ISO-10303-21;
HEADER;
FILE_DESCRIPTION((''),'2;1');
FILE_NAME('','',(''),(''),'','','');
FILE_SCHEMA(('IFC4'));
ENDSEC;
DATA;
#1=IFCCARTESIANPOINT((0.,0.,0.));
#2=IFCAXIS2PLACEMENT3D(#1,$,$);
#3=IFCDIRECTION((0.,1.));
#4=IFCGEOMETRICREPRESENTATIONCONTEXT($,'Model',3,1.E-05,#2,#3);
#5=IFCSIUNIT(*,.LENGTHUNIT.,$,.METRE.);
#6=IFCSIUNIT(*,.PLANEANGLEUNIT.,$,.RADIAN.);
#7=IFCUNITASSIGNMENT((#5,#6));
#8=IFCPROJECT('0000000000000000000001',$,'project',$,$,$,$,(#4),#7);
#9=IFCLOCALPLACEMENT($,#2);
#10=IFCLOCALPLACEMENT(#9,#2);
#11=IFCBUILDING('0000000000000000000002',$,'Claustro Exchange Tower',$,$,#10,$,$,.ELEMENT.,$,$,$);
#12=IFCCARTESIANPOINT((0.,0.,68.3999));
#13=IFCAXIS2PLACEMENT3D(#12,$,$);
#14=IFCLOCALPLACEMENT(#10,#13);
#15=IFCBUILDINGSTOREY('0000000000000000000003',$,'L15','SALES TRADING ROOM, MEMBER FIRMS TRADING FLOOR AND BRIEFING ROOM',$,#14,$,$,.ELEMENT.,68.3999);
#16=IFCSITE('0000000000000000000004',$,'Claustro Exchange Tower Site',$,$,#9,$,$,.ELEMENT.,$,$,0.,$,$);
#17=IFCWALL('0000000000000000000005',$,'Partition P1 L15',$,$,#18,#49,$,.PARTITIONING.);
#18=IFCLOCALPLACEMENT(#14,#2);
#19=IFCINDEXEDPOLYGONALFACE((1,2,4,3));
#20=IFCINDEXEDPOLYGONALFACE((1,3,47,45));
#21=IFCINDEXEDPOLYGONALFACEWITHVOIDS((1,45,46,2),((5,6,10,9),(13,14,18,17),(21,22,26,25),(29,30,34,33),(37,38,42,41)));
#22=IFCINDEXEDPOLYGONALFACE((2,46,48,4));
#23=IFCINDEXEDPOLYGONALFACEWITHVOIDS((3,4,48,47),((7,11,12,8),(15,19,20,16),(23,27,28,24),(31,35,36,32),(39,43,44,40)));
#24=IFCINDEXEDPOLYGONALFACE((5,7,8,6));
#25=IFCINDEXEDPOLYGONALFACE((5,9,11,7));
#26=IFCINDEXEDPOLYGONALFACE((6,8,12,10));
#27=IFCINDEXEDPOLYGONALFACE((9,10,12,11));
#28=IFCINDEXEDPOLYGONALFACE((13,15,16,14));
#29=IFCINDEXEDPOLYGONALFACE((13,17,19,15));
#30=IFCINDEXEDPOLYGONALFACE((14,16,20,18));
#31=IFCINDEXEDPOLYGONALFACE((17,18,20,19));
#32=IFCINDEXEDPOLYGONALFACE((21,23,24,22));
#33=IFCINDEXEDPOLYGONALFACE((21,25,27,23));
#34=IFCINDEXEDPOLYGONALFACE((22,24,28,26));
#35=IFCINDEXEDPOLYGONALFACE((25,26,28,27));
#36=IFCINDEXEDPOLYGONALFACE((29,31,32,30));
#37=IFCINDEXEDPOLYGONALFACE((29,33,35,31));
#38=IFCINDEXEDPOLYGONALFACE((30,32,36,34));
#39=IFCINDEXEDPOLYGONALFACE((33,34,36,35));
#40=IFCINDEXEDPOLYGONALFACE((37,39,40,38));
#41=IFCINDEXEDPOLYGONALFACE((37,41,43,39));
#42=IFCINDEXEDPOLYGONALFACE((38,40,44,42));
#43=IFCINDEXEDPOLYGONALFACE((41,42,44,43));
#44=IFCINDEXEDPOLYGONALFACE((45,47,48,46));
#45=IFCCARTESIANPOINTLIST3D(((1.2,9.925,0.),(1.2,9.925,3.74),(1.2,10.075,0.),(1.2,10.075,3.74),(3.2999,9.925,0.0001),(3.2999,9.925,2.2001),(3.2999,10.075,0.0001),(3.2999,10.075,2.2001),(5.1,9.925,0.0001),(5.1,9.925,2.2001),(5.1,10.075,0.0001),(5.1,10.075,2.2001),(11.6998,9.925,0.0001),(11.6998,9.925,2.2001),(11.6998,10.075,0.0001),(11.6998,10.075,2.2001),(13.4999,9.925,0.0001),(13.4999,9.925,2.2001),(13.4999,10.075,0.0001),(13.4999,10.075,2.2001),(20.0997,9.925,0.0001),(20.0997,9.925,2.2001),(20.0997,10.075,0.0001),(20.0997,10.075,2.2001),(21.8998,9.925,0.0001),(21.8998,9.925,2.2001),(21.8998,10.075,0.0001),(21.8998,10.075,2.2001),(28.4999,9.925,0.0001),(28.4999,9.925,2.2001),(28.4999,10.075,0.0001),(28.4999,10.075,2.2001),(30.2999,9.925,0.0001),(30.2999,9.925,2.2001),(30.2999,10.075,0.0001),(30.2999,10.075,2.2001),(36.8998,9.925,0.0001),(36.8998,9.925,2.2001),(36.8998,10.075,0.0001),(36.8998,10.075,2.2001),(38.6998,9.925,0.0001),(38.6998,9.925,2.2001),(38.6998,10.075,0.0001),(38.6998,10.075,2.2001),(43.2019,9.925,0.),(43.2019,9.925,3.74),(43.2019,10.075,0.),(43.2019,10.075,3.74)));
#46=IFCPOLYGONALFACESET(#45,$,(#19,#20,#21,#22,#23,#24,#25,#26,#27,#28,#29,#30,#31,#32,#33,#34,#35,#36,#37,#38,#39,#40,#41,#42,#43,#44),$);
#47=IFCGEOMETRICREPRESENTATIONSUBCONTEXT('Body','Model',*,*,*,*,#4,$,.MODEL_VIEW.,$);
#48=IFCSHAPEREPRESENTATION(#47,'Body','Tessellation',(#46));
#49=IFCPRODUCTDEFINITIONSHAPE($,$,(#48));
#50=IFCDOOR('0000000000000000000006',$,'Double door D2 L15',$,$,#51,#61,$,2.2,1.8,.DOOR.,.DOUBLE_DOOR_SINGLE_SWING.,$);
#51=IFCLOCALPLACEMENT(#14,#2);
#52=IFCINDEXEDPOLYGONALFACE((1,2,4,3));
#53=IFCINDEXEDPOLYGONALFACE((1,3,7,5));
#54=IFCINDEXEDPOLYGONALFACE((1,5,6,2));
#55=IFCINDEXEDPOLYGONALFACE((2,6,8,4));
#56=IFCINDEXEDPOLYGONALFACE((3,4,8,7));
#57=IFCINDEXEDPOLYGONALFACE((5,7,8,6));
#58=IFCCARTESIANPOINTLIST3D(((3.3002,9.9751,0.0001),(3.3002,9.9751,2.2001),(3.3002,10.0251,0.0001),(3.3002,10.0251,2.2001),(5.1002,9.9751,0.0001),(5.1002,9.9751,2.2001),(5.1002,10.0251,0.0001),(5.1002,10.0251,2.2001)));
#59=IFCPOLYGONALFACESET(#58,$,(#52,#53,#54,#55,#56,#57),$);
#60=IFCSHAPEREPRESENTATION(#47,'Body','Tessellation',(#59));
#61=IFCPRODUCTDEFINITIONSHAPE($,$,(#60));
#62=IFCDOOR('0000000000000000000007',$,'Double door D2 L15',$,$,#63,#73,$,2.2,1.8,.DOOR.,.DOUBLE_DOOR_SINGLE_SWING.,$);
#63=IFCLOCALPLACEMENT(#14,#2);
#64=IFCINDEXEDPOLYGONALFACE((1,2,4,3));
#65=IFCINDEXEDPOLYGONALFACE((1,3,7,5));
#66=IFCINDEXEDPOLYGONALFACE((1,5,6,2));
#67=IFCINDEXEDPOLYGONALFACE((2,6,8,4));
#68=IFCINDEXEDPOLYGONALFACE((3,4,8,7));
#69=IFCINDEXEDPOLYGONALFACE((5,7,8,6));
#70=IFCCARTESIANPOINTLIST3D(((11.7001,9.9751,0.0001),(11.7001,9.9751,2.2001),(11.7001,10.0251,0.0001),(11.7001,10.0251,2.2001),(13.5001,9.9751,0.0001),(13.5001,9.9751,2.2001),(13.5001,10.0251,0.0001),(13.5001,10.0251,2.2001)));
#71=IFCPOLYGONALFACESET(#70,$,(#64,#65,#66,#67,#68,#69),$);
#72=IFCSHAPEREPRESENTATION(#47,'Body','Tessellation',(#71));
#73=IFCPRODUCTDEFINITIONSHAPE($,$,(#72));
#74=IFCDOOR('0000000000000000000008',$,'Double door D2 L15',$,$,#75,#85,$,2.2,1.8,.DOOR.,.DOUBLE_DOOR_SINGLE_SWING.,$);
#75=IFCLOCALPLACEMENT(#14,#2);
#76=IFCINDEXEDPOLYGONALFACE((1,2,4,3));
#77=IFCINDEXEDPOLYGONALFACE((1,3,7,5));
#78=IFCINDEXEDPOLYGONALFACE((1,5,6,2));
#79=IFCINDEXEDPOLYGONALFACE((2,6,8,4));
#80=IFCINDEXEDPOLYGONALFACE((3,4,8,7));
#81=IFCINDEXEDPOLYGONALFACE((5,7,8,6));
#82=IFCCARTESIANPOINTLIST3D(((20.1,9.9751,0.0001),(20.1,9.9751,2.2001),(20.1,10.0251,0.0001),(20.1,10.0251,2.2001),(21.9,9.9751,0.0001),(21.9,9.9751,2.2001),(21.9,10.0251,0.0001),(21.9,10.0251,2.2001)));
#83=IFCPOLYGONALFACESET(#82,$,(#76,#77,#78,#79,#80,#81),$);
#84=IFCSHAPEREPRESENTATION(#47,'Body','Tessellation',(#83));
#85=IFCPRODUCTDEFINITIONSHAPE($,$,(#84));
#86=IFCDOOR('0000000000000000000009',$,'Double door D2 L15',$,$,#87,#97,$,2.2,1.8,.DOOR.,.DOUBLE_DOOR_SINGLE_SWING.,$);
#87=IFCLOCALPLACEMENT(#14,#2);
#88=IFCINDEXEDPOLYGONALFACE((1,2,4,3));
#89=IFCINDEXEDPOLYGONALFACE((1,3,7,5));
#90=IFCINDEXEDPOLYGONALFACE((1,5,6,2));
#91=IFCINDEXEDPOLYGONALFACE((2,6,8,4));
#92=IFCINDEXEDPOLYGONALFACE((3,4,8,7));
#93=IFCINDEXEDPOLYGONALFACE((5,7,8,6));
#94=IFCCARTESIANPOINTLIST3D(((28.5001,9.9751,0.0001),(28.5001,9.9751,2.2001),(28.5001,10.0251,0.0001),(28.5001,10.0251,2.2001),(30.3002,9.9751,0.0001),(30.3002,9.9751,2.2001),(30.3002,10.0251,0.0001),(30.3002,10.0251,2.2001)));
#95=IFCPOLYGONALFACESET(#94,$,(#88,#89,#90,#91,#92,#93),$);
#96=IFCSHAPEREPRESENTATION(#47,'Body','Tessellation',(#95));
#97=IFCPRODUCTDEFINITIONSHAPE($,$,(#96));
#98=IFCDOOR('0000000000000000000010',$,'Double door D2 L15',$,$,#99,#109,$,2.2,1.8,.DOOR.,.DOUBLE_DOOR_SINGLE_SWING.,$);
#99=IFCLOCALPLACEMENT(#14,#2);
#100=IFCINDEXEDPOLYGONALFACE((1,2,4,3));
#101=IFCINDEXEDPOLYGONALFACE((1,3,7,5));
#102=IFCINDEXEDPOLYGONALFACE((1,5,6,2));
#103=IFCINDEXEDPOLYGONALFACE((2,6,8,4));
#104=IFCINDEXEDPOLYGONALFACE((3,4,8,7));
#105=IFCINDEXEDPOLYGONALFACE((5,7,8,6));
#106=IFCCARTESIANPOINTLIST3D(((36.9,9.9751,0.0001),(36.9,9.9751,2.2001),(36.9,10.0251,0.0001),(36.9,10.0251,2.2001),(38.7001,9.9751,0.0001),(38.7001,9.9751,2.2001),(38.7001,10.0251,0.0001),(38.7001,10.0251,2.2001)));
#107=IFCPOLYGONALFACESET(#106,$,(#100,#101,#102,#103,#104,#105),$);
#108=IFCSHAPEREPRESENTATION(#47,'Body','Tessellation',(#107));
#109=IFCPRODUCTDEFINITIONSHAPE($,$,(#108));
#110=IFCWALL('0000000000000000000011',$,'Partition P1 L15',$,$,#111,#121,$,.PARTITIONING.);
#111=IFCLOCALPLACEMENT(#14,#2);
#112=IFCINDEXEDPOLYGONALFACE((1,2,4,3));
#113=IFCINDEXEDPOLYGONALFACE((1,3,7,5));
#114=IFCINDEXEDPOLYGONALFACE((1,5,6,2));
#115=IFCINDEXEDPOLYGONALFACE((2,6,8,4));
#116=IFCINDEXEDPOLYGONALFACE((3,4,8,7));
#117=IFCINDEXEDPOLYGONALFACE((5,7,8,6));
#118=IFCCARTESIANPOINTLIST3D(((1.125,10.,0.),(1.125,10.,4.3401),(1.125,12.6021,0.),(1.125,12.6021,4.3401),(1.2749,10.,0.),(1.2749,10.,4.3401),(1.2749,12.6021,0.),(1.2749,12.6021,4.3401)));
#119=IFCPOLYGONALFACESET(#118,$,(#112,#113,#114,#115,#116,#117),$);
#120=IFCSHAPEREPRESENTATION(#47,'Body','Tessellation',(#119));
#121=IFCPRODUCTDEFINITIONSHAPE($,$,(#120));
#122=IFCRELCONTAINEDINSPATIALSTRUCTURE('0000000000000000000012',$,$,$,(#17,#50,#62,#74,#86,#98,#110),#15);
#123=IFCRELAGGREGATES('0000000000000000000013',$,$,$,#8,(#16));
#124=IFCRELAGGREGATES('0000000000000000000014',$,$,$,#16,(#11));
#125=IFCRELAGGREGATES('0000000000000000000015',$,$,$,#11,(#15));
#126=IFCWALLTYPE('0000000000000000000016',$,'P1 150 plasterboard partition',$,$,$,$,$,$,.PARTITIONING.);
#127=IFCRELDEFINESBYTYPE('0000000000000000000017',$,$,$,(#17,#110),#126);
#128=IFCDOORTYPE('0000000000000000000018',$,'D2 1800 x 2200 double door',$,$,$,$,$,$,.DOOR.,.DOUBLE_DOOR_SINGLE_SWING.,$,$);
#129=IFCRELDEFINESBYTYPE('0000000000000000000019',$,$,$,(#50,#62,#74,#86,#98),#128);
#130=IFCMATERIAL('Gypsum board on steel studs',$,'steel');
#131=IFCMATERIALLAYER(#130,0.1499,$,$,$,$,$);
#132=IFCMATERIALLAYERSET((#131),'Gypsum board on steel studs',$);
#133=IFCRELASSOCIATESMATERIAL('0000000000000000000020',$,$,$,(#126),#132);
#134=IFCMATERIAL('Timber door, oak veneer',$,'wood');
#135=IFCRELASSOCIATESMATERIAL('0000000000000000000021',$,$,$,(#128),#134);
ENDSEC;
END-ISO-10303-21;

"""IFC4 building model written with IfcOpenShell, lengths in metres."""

from ifc_helpers import new_model, si_unit, direction, frame, frame_2d, origin, place, context, subcontext, project, spatial, rectangle, extrude, material, layer, layer_set, type_object, element, fill, save


model = new_model("IFC4")

# Units and contexts
model_context = context("Model", 3, precision=1e-05, world=origin(), true_north=direction((0.0, 1.0)))
body_context = subcontext(model_context, "Body", "Model", "MODEL_VIEW")
ifc_project = project(units=[si_unit("LENGTHUNIT", "METRE"), si_unit("PLANEANGLEUNIT", "RADIAN")], contexts=[model_context])

# Site, building, storey
site_placement = place(None, origin())
site = spatial("IfcSite", under=ifc_project, at=site_placement, Name="Claustro Exchange Tower Site", CompositionType="ELEMENT", RefElevation=0.0)
building_placement = place(site_placement, origin())
building = spatial("IfcBuilding", under=site, at=building_placement, Name="Claustro Exchange Tower", CompositionType="ELEMENT")
storey_placement = place(building_placement, frame((0.0, 0.0, 68.3999)))
storey = spatial("IfcBuildingStorey", under=building, at=storey_placement, Name="L15", Description="SALES TRADING ROOM, MEMBER FIRMS TRADING FLOOR AND BRIEFING ROOM", CompositionType="ELEMENT", Elevation=68.3999)

# Shared definitions
ifc_material_1 = material(Name="Gypsum board on steel studs", Category="steel")
ifc_layer_1 = layer(ifc_material_1, 0.1499)
ifc_layer_set_1 = layer_set([ifc_layer_1], Name="Gypsum board on steel studs")
wall_type_1 = type_object("IfcWallType", Name="P1 150 plasterboard partition", PredefinedType="PARTITIONING", material=ifc_layer_set_1)

# Wall, openings, doors
wall_1_placement = place(storey_placement, frame((1.2, 10.0, 0.0), z_axis=(0.0, 0.0, 1.0), x_axis=(1.0, 0.0, 0.0)))
wall_1 = element("IfcWall", 1, at=wall_1_placement, inside=storey, type_object=wall_type_1, Name="Partition P1 L15", PredefinedType="PARTITIONING", context=body_context, shape_type="SweptSolid", body=[
    extrude(rectangle(XDim=42.002, YDim=0.1499, at=frame_2d((21.001, 0.0))), origin(), (0.0, 0.0, 1.0), 3.74),
])
opening_1_placement = place(wall_1_placement, frame((2.1001, 0.0, 0.0)))
opening_1 = element("IfcOpeningElement", 2, at=opening_1_placement, cuts=wall_1, PredefinedType="OPENING", context=body_context, shape_type="SweptSolid", body=[
    extrude(rectangle(XDim=1.8, YDim=2.2, at=frame_2d((0.8999, 1.1001))), frame((0.0, 0.085, 0.0), z_axis=(0.0, -1.0, 0.0), x_axis=(1.0, 0.0, 0.0)), (0.0, 0.0, 1.0), 0.1699),
])
opening_2_placement = place(wall_1_placement, frame((10.5, 0.0, 0.0)))
opening_2 = element("IfcOpeningElement", 3, at=opening_2_placement, cuts=wall_1, PredefinedType="OPENING", context=body_context, shape_type="SweptSolid", body=[
    extrude(rectangle(XDim=1.8, YDim=2.2, at=frame_2d((0.8999, 1.1001))), frame((0.0, 0.085, 0.0), z_axis=(0.0, -1.0, 0.0), x_axis=(1.0, 0.0, 0.0)), (0.0, 0.0, 1.0), 0.1699),
])
opening_3_placement = place(wall_1_placement, frame((18.8999, 0.0, 0.0)))
opening_3 = element("IfcOpeningElement", 4, at=opening_3_placement, cuts=wall_1, PredefinedType="OPENING", context=body_context, shape_type="SweptSolid", body=[
    extrude(rectangle(XDim=1.8, YDim=2.2, at=frame_2d((0.8999, 1.1001))), frame((0.0, 0.085, 0.0), z_axis=(0.0, -1.0, 0.0), x_axis=(1.0, 0.0, 0.0)), (0.0, 0.0, 1.0), 0.1699),
])
opening_4_placement = place(wall_1_placement, frame((27.3, 0.0, 0.0)))
opening_4 = element("IfcOpeningElement", 5, at=opening_4_placement, cuts=wall_1, PredefinedType="OPENING", context=body_context, shape_type="SweptSolid", body=[
    extrude(rectangle(XDim=1.8, YDim=2.2, at=frame_2d((0.8999, 1.1001))), frame((0.0, 0.085, 0.0), z_axis=(0.0, -1.0, 0.0), x_axis=(1.0, 0.0, 0.0)), (0.0, 0.0, 1.0), 0.1699),
])
opening_5_placement = place(wall_1_placement, frame((35.7, 0.0, 0.0)))
opening_5 = element("IfcOpeningElement", 6, at=opening_5_placement, cuts=wall_1, PredefinedType="OPENING", context=body_context, shape_type="SweptSolid", body=[
    extrude(rectangle(XDim=1.8, YDim=2.2, at=frame_2d((0.8999, 1.1001))), frame((0.0, 0.085, 0.0), z_axis=(0.0, -1.0, 0.0), x_axis=(1.0, 0.0, 0.0)), (0.0, 0.0, 1.0), 0.1699),
])
ifc_material_2 = material(Name="Timber door, oak veneer", Category="wood")
door_type_1 = type_object("IfcDoorType", Name="D2 1800 x 2200 double door", OperationType="DOUBLE_DOOR_SINGLE_SWING", PredefinedType="DOOR", material=ifc_material_2)
door_1_placement = place(opening_1_placement, frame((1.8, 0.0, 0.0), z_axis=(0.0, 0.0, 1.0), x_axis=(-1.0, 0.0, 0.0)))
door_1 = element("IfcDoor", 7, at=door_1_placement, inside=storey, type_object=door_type_1, Name="Double door D2 L15", OperationType="DOUBLE_DOOR_SINGLE_SWING", OverallHeight=2.2, OverallWidth=1.8, PredefinedType="DOOR", context=body_context, shape_type="SweptSolid", body=[
    extrude(rectangle(XDim=1.8, YDim=2.2, at=frame_2d((0.8999, 1.1001))), frame((0.0, 0.0249, 0.0), z_axis=(0.0, -1.0, 0.0), x_axis=(1.0, 0.0, 0.0)), (0.0, 0.0, 1.0), 0.05),
])
fill(opening_1, door_1)
door_2_placement = place(opening_2_placement, frame((1.8, 0.0, 0.0), z_axis=(0.0, 0.0, 1.0), x_axis=(-1.0, 0.0, 0.0)))
door_2 = element("IfcDoor", 8, at=door_2_placement, inside=storey, type_object=door_type_1, Name="Double door D2 L15", OperationType="DOUBLE_DOOR_SINGLE_SWING", OverallHeight=2.2, OverallWidth=1.8, PredefinedType="DOOR", context=body_context, shape_type="SweptSolid", body=[
    extrude(rectangle(XDim=1.8, YDim=2.2, at=frame_2d((0.8999, 1.1001))), frame((0.0, 0.0249, 0.0), z_axis=(0.0, -1.0, 0.0), x_axis=(1.0, 0.0, 0.0)), (0.0, 0.0, 1.0), 0.05),
])
fill(opening_2, door_2)
door_3_placement = place(opening_3_placement, frame((1.8, 0.0, 0.0), z_axis=(0.0, 0.0, 1.0), x_axis=(-1.0, 0.0, 0.0)))
door_3 = element("IfcDoor", 9, at=door_3_placement, inside=storey, type_object=door_type_1, Name="Double door D2 L15", OperationType="DOUBLE_DOOR_SINGLE_SWING", OverallHeight=2.2, OverallWidth=1.8, PredefinedType="DOOR", context=body_context, shape_type="SweptSolid", body=[
    extrude(rectangle(XDim=1.8, YDim=2.2, at=frame_2d((0.8999, 1.1001))), frame((0.0, 0.0249, 0.0), z_axis=(0.0, -1.0, 0.0), x_axis=(1.0, 0.0, 0.0)), (0.0, 0.0, 1.0), 0.05),
])
fill(opening_3, door_3)
door_4_placement = place(opening_4_placement, frame((1.8, 0.0, 0.0), z_axis=(0.0, 0.0, 1.0), x_axis=(-1.0, 0.0, 0.0)))
door_4 = element("IfcDoor", 10, at=door_4_placement, inside=storey, type_object=door_type_1, Name="Double door D2 L15", OperationType="DOUBLE_DOOR_SINGLE_SWING", OverallHeight=2.2, OverallWidth=1.8, PredefinedType="DOOR", context=body_context, shape_type="SweptSolid", body=[
    extrude(rectangle(XDim=1.8, YDim=2.2, at=frame_2d((0.8999, 1.1001))), frame((0.0, 0.0249, 0.0), z_axis=(0.0, -1.0, 0.0), x_axis=(1.0, 0.0, 0.0)), (0.0, 0.0, 1.0), 0.05),
])
fill(opening_4, door_4)
door_5_placement = place(opening_5_placement, frame((1.8, 0.0, 0.0), z_axis=(0.0, 0.0, 1.0), x_axis=(-1.0, 0.0, 0.0)))
door_5 = element("IfcDoor", 11, at=door_5_placement, inside=storey, type_object=door_type_1, Name="Double door D2 L15", OperationType="DOUBLE_DOOR_SINGLE_SWING", OverallHeight=2.2, OverallWidth=1.8, PredefinedType="DOOR", context=body_context, shape_type="SweptSolid", body=[
    extrude(rectangle(XDim=1.8, YDim=2.2, at=frame_2d((0.8999, 1.1001))), frame((0.0, 0.0249, 0.0), z_axis=(0.0, -1.0, 0.0), x_axis=(1.0, 0.0, 0.0)), (0.0, 0.0, 1.0), 0.05),
])
fill(opening_5, door_5)

# Wall
wall_2_placement = place(storey_placement, frame((1.2, 10.0, 0.0), z_axis=(0.0, 0.0, 1.0), x_axis=(0.0, 1.0, 0.0)))
element("IfcWall", 12, at=wall_2_placement, inside=storey, type_object=wall_type_1, Name="Partition P1 L15", PredefinedType="PARTITIONING", context=body_context, shape_type="SweptSolid", body=[
    extrude(rectangle(XDim=2.6021, YDim=0.1499, at=frame_2d((1.301, 0.0))), origin(), (0.0, 0.0, 1.0), 4.3401),
])

save(model, "model.ifc")
